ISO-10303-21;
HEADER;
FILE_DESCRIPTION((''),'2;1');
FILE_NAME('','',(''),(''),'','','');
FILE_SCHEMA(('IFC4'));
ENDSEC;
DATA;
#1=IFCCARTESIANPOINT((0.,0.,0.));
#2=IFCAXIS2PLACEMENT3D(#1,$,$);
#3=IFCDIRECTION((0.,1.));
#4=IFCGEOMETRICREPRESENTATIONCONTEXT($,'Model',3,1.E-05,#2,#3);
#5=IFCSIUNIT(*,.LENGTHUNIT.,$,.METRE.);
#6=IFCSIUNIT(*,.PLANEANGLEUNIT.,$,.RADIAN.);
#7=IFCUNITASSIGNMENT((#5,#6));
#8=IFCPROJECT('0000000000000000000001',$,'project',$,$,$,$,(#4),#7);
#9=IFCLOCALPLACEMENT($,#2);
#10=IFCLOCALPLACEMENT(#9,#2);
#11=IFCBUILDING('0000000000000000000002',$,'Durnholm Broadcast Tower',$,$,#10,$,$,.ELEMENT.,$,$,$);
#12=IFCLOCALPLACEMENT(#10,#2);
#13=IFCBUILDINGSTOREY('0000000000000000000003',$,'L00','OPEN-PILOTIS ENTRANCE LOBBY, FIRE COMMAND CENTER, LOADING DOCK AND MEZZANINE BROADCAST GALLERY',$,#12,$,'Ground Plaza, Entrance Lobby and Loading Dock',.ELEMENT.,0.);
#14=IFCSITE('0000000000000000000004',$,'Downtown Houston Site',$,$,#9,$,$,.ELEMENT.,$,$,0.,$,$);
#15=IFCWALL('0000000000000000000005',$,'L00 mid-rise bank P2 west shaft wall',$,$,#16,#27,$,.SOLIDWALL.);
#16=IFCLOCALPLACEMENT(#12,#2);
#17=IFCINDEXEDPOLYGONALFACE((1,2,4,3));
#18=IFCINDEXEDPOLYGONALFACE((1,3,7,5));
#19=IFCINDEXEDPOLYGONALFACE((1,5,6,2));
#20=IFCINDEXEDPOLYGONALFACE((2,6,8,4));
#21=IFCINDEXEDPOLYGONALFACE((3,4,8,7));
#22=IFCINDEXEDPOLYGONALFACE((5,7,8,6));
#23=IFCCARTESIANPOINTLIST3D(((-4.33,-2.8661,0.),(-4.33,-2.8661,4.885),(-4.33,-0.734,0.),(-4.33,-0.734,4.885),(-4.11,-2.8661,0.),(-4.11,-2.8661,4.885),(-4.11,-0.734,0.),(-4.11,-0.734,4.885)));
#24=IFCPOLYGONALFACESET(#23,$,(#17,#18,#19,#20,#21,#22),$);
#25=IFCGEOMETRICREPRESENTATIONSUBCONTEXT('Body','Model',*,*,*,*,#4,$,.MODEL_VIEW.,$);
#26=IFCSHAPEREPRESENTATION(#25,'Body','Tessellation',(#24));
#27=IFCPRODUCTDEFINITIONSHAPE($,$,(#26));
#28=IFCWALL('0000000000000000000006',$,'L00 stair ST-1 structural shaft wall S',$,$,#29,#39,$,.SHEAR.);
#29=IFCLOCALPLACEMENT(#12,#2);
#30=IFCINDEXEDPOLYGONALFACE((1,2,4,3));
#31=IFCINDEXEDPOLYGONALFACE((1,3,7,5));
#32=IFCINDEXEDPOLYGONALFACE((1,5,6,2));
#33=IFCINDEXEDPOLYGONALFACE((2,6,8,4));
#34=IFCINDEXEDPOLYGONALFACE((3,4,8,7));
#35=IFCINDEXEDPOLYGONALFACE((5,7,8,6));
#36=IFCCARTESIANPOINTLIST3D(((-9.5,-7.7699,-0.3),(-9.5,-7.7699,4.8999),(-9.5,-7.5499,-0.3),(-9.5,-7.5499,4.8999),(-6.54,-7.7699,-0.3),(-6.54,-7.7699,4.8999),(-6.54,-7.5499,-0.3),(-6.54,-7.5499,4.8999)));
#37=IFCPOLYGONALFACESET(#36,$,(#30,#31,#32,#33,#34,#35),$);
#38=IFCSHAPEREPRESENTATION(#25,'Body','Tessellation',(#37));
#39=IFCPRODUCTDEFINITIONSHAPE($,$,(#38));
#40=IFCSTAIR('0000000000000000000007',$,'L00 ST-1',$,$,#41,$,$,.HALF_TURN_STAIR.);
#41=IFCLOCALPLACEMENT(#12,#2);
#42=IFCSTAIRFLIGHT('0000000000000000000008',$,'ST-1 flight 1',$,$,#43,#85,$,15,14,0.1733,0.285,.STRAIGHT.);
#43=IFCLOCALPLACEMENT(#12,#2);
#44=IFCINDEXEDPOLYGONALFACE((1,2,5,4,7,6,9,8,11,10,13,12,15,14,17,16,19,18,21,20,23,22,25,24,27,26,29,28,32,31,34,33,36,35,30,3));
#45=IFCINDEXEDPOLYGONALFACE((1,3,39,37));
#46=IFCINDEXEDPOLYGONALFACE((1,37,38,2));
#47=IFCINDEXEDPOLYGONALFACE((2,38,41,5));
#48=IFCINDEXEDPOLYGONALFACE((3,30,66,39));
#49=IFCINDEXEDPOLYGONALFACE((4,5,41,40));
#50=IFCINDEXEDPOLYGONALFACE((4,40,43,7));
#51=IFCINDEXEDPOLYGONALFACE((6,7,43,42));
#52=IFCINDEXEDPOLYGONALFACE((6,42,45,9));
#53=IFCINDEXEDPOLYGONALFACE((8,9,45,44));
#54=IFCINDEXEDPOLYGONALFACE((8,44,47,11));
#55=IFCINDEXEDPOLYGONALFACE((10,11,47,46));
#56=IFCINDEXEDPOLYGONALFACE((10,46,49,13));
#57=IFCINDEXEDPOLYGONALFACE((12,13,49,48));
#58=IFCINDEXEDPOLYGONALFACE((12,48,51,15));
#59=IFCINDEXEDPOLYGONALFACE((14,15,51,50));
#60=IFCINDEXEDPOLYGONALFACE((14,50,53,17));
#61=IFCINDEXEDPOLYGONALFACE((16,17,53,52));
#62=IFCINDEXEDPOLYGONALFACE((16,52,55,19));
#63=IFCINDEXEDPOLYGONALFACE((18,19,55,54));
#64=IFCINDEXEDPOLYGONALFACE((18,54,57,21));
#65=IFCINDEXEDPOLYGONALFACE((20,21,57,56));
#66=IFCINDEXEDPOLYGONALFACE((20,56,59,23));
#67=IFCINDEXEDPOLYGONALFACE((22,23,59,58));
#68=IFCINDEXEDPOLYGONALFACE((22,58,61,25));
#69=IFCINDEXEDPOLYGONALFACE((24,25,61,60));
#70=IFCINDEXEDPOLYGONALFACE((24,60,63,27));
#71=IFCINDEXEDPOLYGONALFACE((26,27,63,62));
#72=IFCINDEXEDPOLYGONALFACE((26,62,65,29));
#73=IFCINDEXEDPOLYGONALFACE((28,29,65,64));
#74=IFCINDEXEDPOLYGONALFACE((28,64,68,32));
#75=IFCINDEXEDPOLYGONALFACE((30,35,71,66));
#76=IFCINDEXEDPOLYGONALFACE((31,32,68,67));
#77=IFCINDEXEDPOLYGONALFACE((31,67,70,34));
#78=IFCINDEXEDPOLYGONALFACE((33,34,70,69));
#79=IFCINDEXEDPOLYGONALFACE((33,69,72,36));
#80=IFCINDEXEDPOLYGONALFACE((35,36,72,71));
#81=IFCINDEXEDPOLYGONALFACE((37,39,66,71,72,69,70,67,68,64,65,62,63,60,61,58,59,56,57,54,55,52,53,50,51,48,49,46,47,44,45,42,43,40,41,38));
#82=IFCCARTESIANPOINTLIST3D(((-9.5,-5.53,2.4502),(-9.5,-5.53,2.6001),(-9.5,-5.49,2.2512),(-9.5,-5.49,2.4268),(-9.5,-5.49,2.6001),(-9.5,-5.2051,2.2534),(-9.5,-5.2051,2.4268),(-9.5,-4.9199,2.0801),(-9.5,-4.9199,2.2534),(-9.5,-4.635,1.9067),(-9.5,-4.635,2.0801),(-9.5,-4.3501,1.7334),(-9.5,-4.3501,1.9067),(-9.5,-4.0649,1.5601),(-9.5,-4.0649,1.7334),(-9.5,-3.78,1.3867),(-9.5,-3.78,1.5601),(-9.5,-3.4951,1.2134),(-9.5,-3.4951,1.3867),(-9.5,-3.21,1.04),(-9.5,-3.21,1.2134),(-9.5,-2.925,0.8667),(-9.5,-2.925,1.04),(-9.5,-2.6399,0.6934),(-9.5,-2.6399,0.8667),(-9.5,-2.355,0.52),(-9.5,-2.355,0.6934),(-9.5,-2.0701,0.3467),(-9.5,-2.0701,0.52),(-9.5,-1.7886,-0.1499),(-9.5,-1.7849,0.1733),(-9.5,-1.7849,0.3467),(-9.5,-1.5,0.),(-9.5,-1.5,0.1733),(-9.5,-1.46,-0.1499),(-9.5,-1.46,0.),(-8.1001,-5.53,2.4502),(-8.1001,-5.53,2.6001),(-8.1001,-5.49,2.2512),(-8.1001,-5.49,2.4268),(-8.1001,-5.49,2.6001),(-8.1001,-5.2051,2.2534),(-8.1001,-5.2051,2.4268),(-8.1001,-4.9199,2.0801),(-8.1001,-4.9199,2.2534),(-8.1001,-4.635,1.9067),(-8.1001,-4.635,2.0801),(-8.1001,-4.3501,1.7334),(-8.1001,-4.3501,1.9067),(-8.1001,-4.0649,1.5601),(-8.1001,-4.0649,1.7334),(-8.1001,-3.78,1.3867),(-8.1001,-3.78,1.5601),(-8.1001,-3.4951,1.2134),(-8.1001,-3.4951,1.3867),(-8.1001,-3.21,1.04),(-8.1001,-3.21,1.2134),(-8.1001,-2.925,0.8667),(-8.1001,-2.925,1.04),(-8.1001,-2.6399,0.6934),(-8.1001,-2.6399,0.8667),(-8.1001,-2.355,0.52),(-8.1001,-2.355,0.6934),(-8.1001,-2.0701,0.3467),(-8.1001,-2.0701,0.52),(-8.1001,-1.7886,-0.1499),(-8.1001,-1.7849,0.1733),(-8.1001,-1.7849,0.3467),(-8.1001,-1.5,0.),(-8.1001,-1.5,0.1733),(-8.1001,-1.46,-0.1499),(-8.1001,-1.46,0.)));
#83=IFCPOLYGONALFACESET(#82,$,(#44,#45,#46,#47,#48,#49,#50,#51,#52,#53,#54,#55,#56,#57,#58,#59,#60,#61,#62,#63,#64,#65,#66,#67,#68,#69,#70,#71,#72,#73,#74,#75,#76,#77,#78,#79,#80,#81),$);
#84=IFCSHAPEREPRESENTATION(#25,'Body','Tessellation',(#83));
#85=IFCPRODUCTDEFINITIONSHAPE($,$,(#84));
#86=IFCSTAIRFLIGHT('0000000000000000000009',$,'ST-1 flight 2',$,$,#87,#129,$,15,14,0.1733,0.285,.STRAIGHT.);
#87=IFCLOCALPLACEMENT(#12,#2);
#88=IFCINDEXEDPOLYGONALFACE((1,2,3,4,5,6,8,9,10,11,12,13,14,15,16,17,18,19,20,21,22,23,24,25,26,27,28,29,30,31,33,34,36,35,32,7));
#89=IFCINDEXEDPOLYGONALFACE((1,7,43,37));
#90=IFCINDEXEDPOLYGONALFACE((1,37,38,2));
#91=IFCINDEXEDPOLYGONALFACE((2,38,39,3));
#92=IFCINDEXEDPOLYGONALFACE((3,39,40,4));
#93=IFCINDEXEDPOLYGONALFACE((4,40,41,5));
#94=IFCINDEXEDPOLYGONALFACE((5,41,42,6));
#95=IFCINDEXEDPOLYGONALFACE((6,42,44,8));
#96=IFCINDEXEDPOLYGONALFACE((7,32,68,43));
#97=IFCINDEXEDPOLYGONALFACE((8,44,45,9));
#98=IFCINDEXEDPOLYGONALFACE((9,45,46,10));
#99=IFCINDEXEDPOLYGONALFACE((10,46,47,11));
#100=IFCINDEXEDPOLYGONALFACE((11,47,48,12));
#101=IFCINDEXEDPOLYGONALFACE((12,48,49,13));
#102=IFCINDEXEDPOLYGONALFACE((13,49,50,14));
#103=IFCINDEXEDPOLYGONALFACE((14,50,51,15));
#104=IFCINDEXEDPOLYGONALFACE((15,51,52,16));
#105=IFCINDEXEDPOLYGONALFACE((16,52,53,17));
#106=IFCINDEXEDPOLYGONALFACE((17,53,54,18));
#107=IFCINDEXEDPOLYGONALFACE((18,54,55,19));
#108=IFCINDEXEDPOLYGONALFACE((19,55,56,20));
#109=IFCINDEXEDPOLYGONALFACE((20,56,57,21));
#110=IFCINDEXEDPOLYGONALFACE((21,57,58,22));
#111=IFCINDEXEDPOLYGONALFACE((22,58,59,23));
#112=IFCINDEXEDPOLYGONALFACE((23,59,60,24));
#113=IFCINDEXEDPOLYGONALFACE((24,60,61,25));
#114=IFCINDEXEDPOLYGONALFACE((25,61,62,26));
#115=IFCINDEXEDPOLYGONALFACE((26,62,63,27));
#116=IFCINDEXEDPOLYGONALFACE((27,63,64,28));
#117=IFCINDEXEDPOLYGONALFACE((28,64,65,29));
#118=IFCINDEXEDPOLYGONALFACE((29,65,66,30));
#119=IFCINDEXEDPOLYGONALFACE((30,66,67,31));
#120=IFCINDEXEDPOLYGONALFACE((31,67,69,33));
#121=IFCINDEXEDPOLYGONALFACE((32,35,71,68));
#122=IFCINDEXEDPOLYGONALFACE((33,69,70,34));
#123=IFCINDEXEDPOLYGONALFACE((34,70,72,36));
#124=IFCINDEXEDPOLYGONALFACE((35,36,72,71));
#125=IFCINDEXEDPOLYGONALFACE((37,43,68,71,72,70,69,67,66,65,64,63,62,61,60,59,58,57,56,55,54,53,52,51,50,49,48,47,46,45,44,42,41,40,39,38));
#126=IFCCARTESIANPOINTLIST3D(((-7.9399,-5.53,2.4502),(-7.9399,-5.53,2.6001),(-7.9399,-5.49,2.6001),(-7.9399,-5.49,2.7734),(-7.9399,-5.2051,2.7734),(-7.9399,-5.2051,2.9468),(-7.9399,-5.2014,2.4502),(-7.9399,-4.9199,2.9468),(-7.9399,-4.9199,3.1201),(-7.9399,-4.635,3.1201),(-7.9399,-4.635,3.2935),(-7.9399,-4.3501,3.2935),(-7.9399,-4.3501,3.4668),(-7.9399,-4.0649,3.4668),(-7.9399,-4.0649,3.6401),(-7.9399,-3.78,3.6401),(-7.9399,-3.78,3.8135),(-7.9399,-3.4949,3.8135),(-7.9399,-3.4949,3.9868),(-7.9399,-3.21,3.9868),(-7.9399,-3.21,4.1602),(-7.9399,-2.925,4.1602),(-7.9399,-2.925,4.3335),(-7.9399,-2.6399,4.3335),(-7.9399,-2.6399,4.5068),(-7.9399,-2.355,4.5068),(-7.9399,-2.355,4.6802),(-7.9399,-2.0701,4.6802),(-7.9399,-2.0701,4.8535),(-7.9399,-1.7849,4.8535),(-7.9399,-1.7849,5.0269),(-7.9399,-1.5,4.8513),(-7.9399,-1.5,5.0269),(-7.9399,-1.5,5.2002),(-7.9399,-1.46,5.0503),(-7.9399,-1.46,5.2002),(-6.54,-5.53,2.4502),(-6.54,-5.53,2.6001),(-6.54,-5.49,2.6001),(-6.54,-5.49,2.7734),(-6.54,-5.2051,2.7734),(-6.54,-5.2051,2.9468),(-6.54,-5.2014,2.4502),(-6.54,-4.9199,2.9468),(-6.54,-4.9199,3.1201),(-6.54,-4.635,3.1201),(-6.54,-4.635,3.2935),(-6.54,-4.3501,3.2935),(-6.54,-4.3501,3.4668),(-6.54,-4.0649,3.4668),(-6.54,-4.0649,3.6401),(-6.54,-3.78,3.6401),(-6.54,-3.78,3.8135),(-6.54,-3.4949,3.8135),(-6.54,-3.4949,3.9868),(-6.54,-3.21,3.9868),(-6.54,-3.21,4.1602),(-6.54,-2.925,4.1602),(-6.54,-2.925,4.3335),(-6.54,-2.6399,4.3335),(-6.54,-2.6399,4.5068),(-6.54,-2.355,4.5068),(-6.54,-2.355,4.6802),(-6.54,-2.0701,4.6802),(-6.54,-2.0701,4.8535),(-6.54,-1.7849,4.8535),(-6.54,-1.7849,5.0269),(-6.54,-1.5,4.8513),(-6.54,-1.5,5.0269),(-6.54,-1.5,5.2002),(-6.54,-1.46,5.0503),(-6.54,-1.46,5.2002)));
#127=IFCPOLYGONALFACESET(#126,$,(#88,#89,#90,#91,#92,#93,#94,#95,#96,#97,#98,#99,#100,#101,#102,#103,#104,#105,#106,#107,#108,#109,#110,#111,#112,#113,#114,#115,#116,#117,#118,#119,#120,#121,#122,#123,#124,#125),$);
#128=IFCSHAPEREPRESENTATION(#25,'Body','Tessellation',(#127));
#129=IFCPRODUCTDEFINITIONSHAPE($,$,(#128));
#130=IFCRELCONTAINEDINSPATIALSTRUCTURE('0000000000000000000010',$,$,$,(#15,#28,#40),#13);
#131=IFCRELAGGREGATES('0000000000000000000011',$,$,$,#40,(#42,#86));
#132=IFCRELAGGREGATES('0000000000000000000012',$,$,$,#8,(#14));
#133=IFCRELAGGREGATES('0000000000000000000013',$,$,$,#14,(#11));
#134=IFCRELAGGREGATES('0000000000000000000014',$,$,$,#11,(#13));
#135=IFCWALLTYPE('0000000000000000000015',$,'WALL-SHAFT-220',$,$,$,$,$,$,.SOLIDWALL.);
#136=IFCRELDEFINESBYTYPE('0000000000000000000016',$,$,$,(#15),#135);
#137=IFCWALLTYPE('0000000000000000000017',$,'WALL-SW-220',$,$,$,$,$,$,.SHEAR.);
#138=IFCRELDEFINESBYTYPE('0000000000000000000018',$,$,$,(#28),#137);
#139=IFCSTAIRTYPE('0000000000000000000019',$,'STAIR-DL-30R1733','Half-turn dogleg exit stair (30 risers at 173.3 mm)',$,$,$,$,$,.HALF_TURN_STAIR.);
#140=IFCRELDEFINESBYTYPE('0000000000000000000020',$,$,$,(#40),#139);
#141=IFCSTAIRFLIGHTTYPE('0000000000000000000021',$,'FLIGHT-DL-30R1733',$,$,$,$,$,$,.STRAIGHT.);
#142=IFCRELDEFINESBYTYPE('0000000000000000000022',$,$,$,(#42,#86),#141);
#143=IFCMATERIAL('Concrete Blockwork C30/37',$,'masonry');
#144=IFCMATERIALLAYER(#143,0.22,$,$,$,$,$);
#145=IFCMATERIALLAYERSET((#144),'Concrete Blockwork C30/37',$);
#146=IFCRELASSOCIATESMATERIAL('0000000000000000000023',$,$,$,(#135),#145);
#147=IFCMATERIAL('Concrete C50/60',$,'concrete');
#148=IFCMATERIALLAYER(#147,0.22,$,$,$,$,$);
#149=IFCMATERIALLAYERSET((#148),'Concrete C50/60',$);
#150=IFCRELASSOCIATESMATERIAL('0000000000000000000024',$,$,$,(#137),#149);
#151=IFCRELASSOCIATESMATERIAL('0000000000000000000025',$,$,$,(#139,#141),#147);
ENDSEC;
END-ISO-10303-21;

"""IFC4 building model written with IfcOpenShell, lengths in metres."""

from ifc_helpers import new_model, si_unit, direction, frame, frame_2d, origin, place, context, subcontext, project, spatial, polyline, rectangle, outline, extrude, material, layer, layer_set, type_object, element, aggregate, save


model = new_model("IFC4")

# Units and contexts
model_context = context("Model", 3, precision=1e-05, world=origin(), true_north=direction((0.0, 1.0)))
body_context = subcontext(model_context, "Body", "Model", "MODEL_VIEW")
ifc_project = project(units=[si_unit("LENGTHUNIT", "METRE"), si_unit("PLANEANGLEUNIT", "RADIAN")], contexts=[model_context])

# Site, building, storey
site_placement = place(None, origin())
site = spatial("IfcSite", under=ifc_project, at=site_placement, Name="Downtown Houston Site", CompositionType="ELEMENT", RefElevation=0.0)
building_placement = place(site_placement, origin())
building = spatial("IfcBuilding", under=site, at=building_placement, Name="Durnholm Broadcast Tower", CompositionType="ELEMENT")
storey_placement = place(building_placement, origin())
storey = spatial("IfcBuildingStorey", under=building, at=storey_placement, Name="L00", Description="OPEN-PILOTIS ENTRANCE LOBBY, FIRE COMMAND CENTER, LOADING DOCK AND MEZZANINE BROADCAST GALLERY", LongName="Ground Plaza, Entrance Lobby and Loading Dock", CompositionType="ELEMENT", Elevation=0.0)

# Shared definitions
ifc_material_1 = material(Name="Concrete Blockwork C30/37", Category="masonry")
ifc_layer_1 = layer(ifc_material_1, 0.22)
ifc_layer_set_1 = layer_set([ifc_layer_1], Name="Concrete Blockwork C30/37")
wall_type_1 = type_object("IfcWallType", Name="WALL-SHAFT-220", PredefinedType="SOLIDWALL", material=ifc_layer_set_1)

# Walls
wall_1_placement = place(storey_placement, frame((-4.22, -2.866, 0.0), z_axis=(0.0, 0.0, 1.0), x_axis=(0.0, 1.0, 0.0)))
element("IfcWall", 1, at=wall_1_placement, inside=storey, type_object=wall_type_1, Name="L00 mid-rise bank P2 west shaft wall", PredefinedType="SOLIDWALL", context=body_context, shape_type="SweptSolid", body=[
    extrude(rectangle(XDim=2.1321, YDim=0.22, at=frame_2d((1.0659, 0.0))), origin(), (0.0, 0.0, 1.0), 4.885),
])
ifc_material_2 = material(Name="Concrete C50/60", Category="concrete")
ifc_layer_2 = layer(ifc_material_2, 0.22)
ifc_layer_set_2 = layer_set([ifc_layer_2], Name="Concrete C50/60")
wall_type_2 = type_object("IfcWallType", Name="WALL-SW-220", PredefinedType="SHEAR", material=ifc_layer_set_2)
wall_2_placement = place(storey_placement, frame((-9.5, -7.6599, -0.3), z_axis=(0.0, 0.0, 1.0), x_axis=(1.0, 0.0, 0.0)))
element("IfcWall", 2, at=wall_2_placement, inside=storey, type_object=wall_type_2, Name="L00 stair ST-1 structural shaft wall S", PredefinedType="SHEAR", context=body_context, shape_type="SweptSolid", body=[
    extrude(rectangle(XDim=2.96, YDim=0.22, at=frame_2d((1.48, 0.0))), origin(), (0.0, 0.0, 1.0), 5.2),
])

# Stair, stair flights
stair_type = type_object("IfcStairType", Name="STAIR-DL-30R1733", Description="Half-turn dogleg exit stair (30 risers at 173.3 mm)", PredefinedType="HALF_TURN_STAIR", material=ifc_material_2)
stair_placement = place(storey_placement, origin())
stair = element("IfcStair", 3, at=stair_placement, inside=storey, type_object=stair_type, Name="L00 ST-1", PredefinedType="HALF_TURN_STAIR")
stair_flight_type = type_object("IfcStairFlightType", Name="FLIGHT-DL-30R1733", PredefinedType="STRAIGHT", material=ifc_material_2)
stair_flight_1_placement = place(storey_placement, frame((-8.8, -1.5, 0.0), z_axis=(0.0, 0.0, 1.0), x_axis=(0.0, -1.0, 0.0)))
stair_flight_1 = element("IfcStairFlight", 4, at=stair_flight_1_placement, type_object=stair_flight_type, Name="ST-1 flight 1", NumberOfRisers=15, NumberOfTreads=14, PredefinedType="STRAIGHT", RiserHeight=0.1733, TreadLength=0.285, context=body_context, shape_type="SweptSolid", body=[
    extrude(outline(polyline([(-0.04, -0.1499), (-0.04, 0.0), (0.0, 0.0), (0.0, 0.1733), (0.2849, 0.1733), (0.2849, 0.3467), (0.5701, 0.3467), (0.5701, 0.52), (0.855, 0.52), (0.855, 0.6934), (1.1399, 0.6934), (1.1399, 0.8667), (1.425, 0.8667), (1.425, 1.04), (1.71, 1.04), (1.71, 1.2134), (1.9951, 1.2134), (1.9951, 1.3867), (2.28, 1.3867), (2.28, 1.5601), (2.5649, 1.5601), (2.5649, 1.7334), (2.8501, 1.7334), (2.8501, 1.9067), (3.135, 1.9067), (3.135, 2.0801), (3.4199, 2.0801), (3.4199, 2.2534), (3.7051, 2.2534), (3.7051, 2.4268), (3.99, 2.4268), (3.99, 2.6001), (4.03, 2.6001), (4.03, 2.4502), (3.99, 2.2512), (0.2886, -0.1499), (-0.04, -0.1499)])), frame((0.0, 0.7, 0.0), z_axis=(0.0, -1.0, 0.0), x_axis=(1.0, 0.0, 0.0)), (0.0, 0.0, 1.0), 1.3999),
])
stair_flight_2_placement = place(storey_placement, frame((-7.24, -5.49, 2.6001), z_axis=(0.0, 0.0, 1.0), x_axis=(0.0, 1.0, 0.0)))
stair_flight_2 = element("IfcStairFlight", 5, at=stair_flight_2_placement, type_object=stair_flight_type, Name="ST-1 flight 2", NumberOfRisers=15, NumberOfTreads=14, PredefinedType="STRAIGHT", RiserHeight=0.1733, TreadLength=0.285, context=body_context, shape_type="SweptSolid", body=[
    extrude(outline(polyline([(-0.04, -0.1499), (-0.04, 0.0), (0.0, 0.0), (0.0, 0.1733), (0.2849, 0.1733), (0.2849, 0.3467), (0.5701, 0.3467), (0.5701, 0.52), (0.855, 0.52), (0.855, 0.6934), (1.1399, 0.6934), (1.1399, 0.8667), (1.425, 0.8667), (1.425, 1.04), (1.71, 1.04), (1.71, 1.2134), (1.9951, 1.2134), (1.9951, 1.3867), (2.28, 1.3867), (2.28, 1.5601), (2.5649, 1.5601), (2.5649, 1.7334), (2.8501, 1.7334), (2.8501, 1.9067), (3.135, 1.9067), (3.135, 2.0801), (3.4199, 2.0801), (3.4199, 2.2534), (3.7051, 2.2534), (3.7051, 2.4268), (3.99, 2.4268), (3.99, 2.6001), (4.03, 2.6001), (4.03, 2.4502), (3.99, 2.2512), (0.2886, -0.1499), (-0.04, -0.1499)])), frame((0.0, 0.7, 0.0), z_axis=(0.0, -1.0, 0.0), x_axis=(1.0, 0.0, 0.0)), (0.0, 0.0, 1.0), 1.3999),
])
aggregate(stair, [stair_flight_1, stair_flight_2])

save(model, "model.ifc")
